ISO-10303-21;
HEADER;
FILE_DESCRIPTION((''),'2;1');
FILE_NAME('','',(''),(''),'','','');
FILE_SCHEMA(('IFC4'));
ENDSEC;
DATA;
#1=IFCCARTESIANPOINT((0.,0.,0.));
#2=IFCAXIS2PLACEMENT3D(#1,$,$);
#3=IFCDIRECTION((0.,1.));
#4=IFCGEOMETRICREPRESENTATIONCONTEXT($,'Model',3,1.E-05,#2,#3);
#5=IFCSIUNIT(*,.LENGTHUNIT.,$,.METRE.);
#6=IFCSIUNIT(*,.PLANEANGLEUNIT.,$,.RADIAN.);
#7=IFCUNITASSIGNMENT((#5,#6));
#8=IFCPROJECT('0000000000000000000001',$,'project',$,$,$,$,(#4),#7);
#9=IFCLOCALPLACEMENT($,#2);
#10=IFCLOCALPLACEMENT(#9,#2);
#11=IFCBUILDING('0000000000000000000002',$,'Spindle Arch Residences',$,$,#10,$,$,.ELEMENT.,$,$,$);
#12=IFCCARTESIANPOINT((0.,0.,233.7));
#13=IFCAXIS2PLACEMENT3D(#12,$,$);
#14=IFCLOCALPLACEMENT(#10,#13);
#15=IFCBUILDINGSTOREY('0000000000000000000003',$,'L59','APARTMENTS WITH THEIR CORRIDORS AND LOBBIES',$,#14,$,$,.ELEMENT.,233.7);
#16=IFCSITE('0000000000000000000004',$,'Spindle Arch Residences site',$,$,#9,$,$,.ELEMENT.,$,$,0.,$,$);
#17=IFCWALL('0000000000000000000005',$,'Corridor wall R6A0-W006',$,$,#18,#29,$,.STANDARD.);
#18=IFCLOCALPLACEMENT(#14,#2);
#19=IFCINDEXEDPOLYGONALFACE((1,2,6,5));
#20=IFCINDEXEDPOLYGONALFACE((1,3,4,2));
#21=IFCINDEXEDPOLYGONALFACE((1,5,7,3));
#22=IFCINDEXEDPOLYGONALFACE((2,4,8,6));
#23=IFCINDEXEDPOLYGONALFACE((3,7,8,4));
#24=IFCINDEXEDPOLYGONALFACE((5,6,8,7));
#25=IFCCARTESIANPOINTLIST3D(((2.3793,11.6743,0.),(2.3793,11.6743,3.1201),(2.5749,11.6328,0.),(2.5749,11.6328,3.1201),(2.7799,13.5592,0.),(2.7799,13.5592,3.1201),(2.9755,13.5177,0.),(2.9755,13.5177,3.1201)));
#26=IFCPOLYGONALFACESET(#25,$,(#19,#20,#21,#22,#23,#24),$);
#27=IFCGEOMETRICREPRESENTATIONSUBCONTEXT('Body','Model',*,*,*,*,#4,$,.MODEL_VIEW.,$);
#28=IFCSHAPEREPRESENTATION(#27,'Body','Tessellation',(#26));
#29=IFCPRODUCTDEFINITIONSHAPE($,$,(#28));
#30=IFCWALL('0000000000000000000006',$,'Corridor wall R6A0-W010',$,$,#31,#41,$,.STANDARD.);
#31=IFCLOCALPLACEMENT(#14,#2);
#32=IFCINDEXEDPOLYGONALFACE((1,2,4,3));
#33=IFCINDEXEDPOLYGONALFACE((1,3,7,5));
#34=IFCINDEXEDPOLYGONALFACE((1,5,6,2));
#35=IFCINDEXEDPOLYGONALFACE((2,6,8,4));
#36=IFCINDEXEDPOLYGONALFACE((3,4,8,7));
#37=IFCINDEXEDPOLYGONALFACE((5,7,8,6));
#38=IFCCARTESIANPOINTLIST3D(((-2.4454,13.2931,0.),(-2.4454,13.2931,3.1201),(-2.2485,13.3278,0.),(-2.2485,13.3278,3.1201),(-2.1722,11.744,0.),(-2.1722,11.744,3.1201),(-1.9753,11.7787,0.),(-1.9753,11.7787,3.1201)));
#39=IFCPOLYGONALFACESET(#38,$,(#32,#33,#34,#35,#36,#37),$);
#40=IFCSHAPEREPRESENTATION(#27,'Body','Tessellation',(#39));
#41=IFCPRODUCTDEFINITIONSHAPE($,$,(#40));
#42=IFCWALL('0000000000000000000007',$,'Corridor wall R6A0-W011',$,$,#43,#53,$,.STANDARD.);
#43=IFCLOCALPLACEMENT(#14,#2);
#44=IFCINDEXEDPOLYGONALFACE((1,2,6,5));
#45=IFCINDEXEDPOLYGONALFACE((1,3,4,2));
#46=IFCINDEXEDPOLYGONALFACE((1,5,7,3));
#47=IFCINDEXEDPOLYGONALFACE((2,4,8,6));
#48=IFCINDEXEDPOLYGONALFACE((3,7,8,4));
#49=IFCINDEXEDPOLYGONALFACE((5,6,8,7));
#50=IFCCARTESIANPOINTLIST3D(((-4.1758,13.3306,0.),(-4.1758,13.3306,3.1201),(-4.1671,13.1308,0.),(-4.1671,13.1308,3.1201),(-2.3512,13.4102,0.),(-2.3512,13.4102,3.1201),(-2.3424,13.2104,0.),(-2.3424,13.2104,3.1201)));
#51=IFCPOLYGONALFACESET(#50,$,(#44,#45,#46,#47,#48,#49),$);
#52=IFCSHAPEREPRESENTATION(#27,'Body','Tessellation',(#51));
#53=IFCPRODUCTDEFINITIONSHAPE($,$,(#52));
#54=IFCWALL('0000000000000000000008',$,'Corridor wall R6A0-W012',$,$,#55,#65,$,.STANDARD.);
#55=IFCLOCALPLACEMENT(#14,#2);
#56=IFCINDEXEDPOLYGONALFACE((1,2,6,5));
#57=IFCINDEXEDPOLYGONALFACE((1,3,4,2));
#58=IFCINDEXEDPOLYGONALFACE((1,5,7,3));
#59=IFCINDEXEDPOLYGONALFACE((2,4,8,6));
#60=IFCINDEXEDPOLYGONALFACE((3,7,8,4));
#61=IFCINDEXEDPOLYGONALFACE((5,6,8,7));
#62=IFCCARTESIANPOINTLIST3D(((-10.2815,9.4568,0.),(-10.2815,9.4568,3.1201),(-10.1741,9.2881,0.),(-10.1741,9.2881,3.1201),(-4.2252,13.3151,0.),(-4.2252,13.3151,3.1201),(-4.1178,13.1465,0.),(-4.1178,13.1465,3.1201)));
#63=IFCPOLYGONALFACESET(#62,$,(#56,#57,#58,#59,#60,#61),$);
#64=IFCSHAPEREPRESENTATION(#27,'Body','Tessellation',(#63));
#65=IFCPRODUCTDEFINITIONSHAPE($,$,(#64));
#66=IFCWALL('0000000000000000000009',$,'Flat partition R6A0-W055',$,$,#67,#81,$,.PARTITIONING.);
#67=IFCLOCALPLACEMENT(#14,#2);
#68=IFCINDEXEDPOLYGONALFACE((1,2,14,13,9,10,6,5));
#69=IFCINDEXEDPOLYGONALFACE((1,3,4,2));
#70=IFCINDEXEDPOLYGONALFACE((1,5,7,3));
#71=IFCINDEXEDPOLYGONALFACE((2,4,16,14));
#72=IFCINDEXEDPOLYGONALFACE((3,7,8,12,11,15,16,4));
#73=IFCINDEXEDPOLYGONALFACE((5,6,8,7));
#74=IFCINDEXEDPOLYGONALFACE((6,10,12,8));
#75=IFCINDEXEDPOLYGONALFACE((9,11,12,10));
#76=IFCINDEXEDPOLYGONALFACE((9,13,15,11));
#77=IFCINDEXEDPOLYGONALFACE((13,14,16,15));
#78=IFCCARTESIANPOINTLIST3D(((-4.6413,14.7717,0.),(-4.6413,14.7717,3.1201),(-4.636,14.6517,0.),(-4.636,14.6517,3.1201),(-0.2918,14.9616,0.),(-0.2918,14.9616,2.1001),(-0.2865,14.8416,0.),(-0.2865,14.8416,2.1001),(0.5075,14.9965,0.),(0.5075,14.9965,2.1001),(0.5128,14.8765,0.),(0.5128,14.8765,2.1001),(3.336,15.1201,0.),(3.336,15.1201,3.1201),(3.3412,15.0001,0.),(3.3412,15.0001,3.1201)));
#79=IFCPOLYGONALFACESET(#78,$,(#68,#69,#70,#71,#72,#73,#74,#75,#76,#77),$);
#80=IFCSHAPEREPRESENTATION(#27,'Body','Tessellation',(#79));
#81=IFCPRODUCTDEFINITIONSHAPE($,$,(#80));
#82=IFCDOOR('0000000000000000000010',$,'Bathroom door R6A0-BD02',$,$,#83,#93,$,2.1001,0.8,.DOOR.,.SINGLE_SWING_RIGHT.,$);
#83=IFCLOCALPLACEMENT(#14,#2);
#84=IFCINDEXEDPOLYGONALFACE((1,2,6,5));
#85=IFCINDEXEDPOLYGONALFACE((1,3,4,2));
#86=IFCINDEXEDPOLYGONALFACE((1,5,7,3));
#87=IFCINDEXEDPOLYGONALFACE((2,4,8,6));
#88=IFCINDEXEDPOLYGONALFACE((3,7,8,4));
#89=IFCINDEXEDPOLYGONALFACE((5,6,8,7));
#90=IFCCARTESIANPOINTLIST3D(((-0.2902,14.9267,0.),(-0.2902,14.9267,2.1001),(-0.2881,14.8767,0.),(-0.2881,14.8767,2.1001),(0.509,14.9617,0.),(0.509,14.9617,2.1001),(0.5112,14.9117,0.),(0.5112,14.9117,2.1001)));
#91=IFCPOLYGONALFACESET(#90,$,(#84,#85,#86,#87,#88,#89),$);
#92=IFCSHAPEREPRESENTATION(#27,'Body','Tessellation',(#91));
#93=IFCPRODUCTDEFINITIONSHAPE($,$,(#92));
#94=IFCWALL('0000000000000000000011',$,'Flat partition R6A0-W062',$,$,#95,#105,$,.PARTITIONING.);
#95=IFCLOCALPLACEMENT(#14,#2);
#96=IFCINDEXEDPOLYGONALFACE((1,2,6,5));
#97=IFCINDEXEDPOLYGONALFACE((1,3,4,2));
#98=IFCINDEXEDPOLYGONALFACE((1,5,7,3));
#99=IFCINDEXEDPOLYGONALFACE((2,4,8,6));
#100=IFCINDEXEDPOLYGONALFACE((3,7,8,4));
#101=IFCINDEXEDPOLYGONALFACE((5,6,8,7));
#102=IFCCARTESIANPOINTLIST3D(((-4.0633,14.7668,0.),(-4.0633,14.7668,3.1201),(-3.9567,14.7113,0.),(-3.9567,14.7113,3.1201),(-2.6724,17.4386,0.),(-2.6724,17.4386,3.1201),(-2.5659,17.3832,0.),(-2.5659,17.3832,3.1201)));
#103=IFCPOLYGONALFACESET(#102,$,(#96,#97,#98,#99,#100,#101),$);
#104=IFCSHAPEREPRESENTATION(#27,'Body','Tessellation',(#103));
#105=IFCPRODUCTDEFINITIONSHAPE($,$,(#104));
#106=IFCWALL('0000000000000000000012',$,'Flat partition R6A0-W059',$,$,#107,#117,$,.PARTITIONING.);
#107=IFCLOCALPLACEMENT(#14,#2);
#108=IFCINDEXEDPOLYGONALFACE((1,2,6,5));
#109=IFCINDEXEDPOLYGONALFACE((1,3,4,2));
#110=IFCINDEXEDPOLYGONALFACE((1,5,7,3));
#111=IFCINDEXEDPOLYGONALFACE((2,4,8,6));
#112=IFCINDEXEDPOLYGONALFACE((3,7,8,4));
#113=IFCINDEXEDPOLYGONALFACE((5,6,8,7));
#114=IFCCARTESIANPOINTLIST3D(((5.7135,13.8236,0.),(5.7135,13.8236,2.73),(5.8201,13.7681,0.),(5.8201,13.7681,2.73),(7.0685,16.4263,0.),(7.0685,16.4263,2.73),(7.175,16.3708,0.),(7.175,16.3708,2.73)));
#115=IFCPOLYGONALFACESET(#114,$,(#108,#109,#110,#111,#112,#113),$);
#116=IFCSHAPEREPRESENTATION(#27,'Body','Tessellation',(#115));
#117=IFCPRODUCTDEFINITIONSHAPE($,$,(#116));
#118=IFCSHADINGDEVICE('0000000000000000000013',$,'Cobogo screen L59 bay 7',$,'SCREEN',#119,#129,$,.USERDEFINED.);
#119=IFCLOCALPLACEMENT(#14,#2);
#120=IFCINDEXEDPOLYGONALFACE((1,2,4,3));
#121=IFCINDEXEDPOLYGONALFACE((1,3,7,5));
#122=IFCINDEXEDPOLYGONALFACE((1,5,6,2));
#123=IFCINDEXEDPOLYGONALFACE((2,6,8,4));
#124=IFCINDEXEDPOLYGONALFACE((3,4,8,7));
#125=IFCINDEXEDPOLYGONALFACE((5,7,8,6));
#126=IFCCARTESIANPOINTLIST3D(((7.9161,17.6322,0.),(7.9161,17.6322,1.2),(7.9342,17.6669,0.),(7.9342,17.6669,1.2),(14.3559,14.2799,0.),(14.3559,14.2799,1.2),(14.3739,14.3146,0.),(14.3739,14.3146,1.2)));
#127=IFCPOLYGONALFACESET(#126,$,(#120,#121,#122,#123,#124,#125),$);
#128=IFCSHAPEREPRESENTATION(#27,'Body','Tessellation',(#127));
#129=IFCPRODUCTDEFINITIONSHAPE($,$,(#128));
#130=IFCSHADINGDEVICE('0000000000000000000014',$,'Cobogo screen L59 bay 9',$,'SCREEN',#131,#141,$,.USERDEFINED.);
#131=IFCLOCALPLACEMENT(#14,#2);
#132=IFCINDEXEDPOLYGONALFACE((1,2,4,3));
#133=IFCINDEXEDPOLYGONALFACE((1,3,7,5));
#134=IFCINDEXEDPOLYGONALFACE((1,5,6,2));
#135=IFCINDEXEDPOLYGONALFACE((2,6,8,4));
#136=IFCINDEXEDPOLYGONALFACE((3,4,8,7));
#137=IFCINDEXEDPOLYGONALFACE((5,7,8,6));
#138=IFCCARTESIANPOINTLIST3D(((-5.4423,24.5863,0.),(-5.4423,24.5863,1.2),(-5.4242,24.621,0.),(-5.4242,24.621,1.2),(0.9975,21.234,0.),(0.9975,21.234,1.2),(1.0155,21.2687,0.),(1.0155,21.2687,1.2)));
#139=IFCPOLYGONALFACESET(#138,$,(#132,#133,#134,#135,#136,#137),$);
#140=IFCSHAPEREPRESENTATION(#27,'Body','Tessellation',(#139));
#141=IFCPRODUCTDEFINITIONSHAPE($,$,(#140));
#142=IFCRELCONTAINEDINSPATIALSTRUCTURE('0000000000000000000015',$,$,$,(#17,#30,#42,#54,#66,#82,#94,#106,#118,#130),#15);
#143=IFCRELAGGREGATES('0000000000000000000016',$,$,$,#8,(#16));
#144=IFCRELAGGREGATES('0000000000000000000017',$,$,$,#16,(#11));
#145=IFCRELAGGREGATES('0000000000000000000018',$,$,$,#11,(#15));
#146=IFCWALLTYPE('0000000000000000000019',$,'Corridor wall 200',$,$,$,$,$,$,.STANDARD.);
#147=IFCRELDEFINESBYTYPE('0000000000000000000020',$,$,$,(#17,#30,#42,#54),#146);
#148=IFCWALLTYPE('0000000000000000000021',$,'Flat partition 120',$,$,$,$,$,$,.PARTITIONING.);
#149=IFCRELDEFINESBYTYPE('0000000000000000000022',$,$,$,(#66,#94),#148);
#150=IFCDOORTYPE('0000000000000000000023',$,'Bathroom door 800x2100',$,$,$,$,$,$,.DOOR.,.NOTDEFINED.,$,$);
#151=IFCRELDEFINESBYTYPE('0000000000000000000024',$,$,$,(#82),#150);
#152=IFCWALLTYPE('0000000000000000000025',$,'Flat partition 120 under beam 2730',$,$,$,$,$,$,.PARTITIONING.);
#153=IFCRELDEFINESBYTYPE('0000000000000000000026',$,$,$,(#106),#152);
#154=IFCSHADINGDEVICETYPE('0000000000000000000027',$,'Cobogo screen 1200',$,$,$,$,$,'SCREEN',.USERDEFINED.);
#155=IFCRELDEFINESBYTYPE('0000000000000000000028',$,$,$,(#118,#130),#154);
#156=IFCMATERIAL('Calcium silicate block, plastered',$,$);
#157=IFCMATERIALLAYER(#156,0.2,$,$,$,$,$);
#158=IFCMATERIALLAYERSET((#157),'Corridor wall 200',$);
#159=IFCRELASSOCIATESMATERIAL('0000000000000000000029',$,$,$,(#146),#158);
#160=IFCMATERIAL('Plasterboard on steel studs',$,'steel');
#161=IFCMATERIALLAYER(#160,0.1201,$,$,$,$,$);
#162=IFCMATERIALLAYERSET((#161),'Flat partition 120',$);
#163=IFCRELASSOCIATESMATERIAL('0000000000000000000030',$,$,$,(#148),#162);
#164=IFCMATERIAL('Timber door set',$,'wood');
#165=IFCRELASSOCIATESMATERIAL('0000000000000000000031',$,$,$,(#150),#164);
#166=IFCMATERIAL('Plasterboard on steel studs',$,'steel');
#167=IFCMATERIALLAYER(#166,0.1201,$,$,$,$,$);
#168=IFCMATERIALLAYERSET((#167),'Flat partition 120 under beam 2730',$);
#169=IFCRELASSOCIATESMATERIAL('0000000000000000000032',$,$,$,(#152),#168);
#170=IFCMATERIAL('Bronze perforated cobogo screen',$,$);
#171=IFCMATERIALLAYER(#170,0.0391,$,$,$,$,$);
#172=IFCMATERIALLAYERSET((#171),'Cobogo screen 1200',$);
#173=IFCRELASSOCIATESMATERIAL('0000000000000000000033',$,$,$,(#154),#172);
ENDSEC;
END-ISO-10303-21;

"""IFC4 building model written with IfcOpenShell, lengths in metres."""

from ifc_helpers import new_model, si_unit, direction, frame, frame_2d, origin, origin_2d, place, context, subcontext, project, spatial, rectangle, extrude, material, layer, layer_set, type_object, element, fill, save


model = new_model("IFC4")

# Units and contexts
model_context = context("Model", 3, precision=1e-05, world=origin(), true_north=direction((0.0, 1.0)))
body_context = subcontext(model_context, "Body", "Model", "MODEL_VIEW")
ifc_project = project(units=[si_unit("LENGTHUNIT", "METRE"), si_unit("PLANEANGLEUNIT", "RADIAN")], contexts=[model_context])

# Site, building, storey
site_placement = place(None, origin())
site = spatial("IfcSite", under=ifc_project, at=site_placement, Name="Spindle Arch Residences site", CompositionType="ELEMENT", RefElevation=0.0)
building_placement = place(site_placement, origin())
building = spatial("IfcBuilding", under=site, at=building_placement, Name="Spindle Arch Residences", CompositionType="ELEMENT")
storey_placement = place(building_placement, frame((0.0, 0.0, 233.7)))
storey = spatial("IfcBuildingStorey", under=building, at=storey_placement, Name="L59", Description="APARTMENTS WITH THEIR CORRIDORS AND LOBBIES", CompositionType="ELEMENT", Elevation=233.7)

# Walls
ifc_material_1 = material(Name="Calcium silicate block, plastered")
ifc_layer_1 = layer(ifc_material_1, 0.2)
ifc_layer_set_1 = layer_set([ifc_layer_1], Name="Corridor wall 200")
wall_type_1 = type_object("IfcWallType", Name="Corridor wall 200", PredefinedType="STANDARD", material=ifc_layer_set_1)
wall_1_placement = place(storey_placement, frame((2.8777, 13.5383, 0.0), z_axis=(0.0, 0.0, 1.0), x_axis=(-0.207894, -0.978151, 0.0)))
element("IfcWall", 1, at=wall_1_placement, inside=storey, type_object=wall_type_1, Name="Corridor wall R6A0-W006", PredefinedType="STANDARD", context=body_context, shape_type="SweptSolid", body=[
    extrude(rectangle(XDim=1.927, YDim=0.2, at=frame_2d((0.9634, 0.0))), origin(), (0.0, 0.0, 1.0), 3.1201),
])
wall_2_placement = place(storey_placement, frame((-2.0737, 11.7612, 0.0), z_axis=(0.0, 0.0, 1.0), x_axis=(-0.173679, 0.984802, 0.0)))
element("IfcWall", 2, at=wall_2_placement, inside=storey, type_object=wall_type_1, Name="Corridor wall R6A0-W010", PredefinedType="STANDARD", context=body_context, shape_type="SweptSolid", body=[
    extrude(rectangle(XDim=1.573, YDim=0.2, at=frame_2d((0.7866, 0.0))), origin(), (0.0, 0.0, 1.0), 3.1201),
])
wall_3_placement = place(storey_placement, frame((-2.3469, 13.3103, 0.0), z_axis=(0.0, 0.0, 1.0), x_axis=(-0.99905, -0.043576, 0.0)))
element("IfcWall", 3, at=wall_3_placement, inside=storey, type_object=wall_type_1, Name="Corridor wall R6A0-W011", PredefinedType="STANDARD", context=body_context, shape_type="SweptSolid", body=[
    extrude(rectangle(XDim=1.8264, YDim=0.2, at=frame_2d((0.9131, 0.0))), origin(), (0.0, 0.0, 1.0), 3.1201),
])
wall_4_placement = place(storey_placement, frame((-4.1716, 13.2307, 0.0), z_axis=(0.0, 0.0, 1.0), x_axis=(-0.843388, -0.537304, 0.0)))
element("IfcWall", 4, at=wall_4_placement, inside=storey, type_object=wall_type_1, Name="Corridor wall R6A0-W012", PredefinedType="STANDARD", context=body_context, shape_type="SweptSolid", body=[
    extrude(rectangle(XDim=7.1809, YDim=0.2, at=frame_2d((3.5903, 0.0))), origin(), (0.0, 0.0, 1.0), 3.1201),
])

# Wall, opening, door
ifc_material_2 = material(Name="Plasterboard on steel studs", Category="steel")
ifc_layer_2 = layer(ifc_material_2, 0.1201)
ifc_layer_set_2 = layer_set([ifc_layer_2], Name="Flat partition 120")
wall_type_2 = type_object("IfcWallType", Name="Flat partition 120", PredefinedType="PARTITIONING", material=ifc_layer_set_2)
wall_5_placement = place(storey_placement, frame((3.3386, 15.0601, 0.0), z_axis=(0.0, 0.0, 1.0), x_axis=(-0.999048, -0.043631, 0.0)))
wall_5 = element("IfcWall", 5, at=wall_5_placement, inside=storey, type_object=wall_type_2, Name="Flat partition R6A0-W055", PredefinedType="PARTITIONING", context=body_context, shape_type="SweptSolid", body=[
    extrude(rectangle(XDim=7.9849, YDim=0.1201, at=frame_2d((3.9924, 0.0))), origin(), (0.0, 0.0, 1.0), 3.1201),
])
opening_1_placement = place(wall_5_placement, frame((2.8313, 0.0, 0.0)))
opening_1 = element("IfcOpeningElement", 6, at=opening_1_placement, cuts=wall_5, PredefinedType="OPENING", context=body_context, shape_type="SweptSolid", body=[
    extrude(rectangle(XDim=0.8, YDim=2.1001, at=frame_2d((0.3999, 1.05))), frame((0.0, 0.0701, 0.0), z_axis=(0.0, -1.0, 0.0), x_axis=(1.0, 0.0, 0.0)), (0.0, 0.0, 1.0), 0.1401),
])
ifc_material_3 = material(Name="Timber door set", Category="wood")
door_type_1 = type_object("IfcDoorType", Name="Bathroom door 800x2100", OperationType="NOTDEFINED", PredefinedType="DOOR", material=ifc_material_3)
door_1_placement = place(opening_1_placement, origin())
door_1 = element("IfcDoor", 7, at=door_1_placement, inside=storey, type_object=door_type_1, Name="Bathroom door R6A0-BD02", OperationType="SINGLE_SWING_RIGHT", OverallHeight=2.1001, OverallWidth=0.8, PredefinedType="DOOR", context=body_context, shape_type="SweptSolid", body=[
    extrude(rectangle(XDim=0.8, YDim=2.1001, at=frame_2d((0.3999, 1.05))), frame((0.0, 0.0249, 0.0), z_axis=(0.0, -1.0, 0.0), x_axis=(1.0, 0.0, 0.0)), (0.0, 0.0, 1.0), 0.05),
])
fill(opening_1, door_1)

# Walls
wall_6_placement = place(storey_placement, frame((-2.6191, 17.4109, 0.0), z_axis=(0.0, 0.0, 1.0), x_axis=(-0.461743, -0.887014, 0.0)))
element("IfcWall", 8, at=wall_6_placement, inside=storey, type_object=wall_type_2, Name="Flat partition R6A0-W062", PredefinedType="PARTITIONING", context=body_context, shape_type="SweptSolid", body=[
    extrude(rectangle(XDim=3.0122, YDim=0.1201, at=frame_2d((1.5061, 0.0))), origin(), (0.0, 0.0, 1.0), 3.1201),
])
ifc_material_4 = material(Name="Plasterboard on steel studs", Category="steel")
ifc_layer_3 = layer(ifc_material_4, 0.1201)
ifc_layer_set_3 = layer_set([ifc_layer_3], Name="Flat partition 120 under beam 2730")
wall_type_3 = type_object("IfcWallType", Name="Flat partition 120 under beam 2730", PredefinedType="PARTITIONING", material=ifc_layer_set_3)
wall_7_placement = place(storey_placement, frame((7.1218, 16.3987, 0.0), z_axis=(0.0, 0.0, 1.0), x_axis=(-0.461764, -0.887003, 0.0)))
element("IfcWall", 9, at=wall_7_placement, inside=storey, type_object=wall_type_3, Name="Flat partition R6A0-W059", PredefinedType="PARTITIONING", context=body_context, shape_type="SweptSolid", body=[
    extrude(rectangle(XDim=2.9343, YDim=0.1201, at=frame_2d((1.4673, 0.0))), origin(), (0.0, 0.0, 1.0), 2.73),
])

# Shading devices
ifc_material_5 = material(Name="Bronze perforated cobogo screen")
ifc_layer_4 = layer(ifc_material_5, 0.0391)
ifc_layer_set_4 = layer_set([ifc_layer_4], Name="Cobogo screen 1200")
shading_device_type = type_object("IfcShadingDeviceType", Name="Cobogo screen 1200", ElementType="SCREEN", PredefinedType="USERDEFINED", material=ifc_layer_set_4)
for number, where, z_axis, x_axis, name in (
    (10, (11.145, 15.9734, 0.0), (0.0, 0.0, 1.0), (-0.887011, 0.461749, 0.0), "Cobogo screen L59 bay 7"),
    (11, (-2.2134, 22.9275, 0.0), (0.0, 0.0, 1.0), (-0.887011, 0.461749, 0.0), "Cobogo screen L59 bay 9"),
):
    element("IfcShadingDevice", number, at=place(storey_placement, frame(where, z_axis=z_axis, x_axis=x_axis)), inside=storey, type_object=shading_device_type, Name=name, ObjectType="SCREEN", PredefinedType="USERDEFINED", context=body_context, shape_type="SweptSolid", body=[
        extrude(rectangle(XDim=7.26, YDim=0.0391, at=origin_2d()), origin(), (0.0, 0.0, 1.0), 1.2),
    ])

save(model, "model.ifc")
